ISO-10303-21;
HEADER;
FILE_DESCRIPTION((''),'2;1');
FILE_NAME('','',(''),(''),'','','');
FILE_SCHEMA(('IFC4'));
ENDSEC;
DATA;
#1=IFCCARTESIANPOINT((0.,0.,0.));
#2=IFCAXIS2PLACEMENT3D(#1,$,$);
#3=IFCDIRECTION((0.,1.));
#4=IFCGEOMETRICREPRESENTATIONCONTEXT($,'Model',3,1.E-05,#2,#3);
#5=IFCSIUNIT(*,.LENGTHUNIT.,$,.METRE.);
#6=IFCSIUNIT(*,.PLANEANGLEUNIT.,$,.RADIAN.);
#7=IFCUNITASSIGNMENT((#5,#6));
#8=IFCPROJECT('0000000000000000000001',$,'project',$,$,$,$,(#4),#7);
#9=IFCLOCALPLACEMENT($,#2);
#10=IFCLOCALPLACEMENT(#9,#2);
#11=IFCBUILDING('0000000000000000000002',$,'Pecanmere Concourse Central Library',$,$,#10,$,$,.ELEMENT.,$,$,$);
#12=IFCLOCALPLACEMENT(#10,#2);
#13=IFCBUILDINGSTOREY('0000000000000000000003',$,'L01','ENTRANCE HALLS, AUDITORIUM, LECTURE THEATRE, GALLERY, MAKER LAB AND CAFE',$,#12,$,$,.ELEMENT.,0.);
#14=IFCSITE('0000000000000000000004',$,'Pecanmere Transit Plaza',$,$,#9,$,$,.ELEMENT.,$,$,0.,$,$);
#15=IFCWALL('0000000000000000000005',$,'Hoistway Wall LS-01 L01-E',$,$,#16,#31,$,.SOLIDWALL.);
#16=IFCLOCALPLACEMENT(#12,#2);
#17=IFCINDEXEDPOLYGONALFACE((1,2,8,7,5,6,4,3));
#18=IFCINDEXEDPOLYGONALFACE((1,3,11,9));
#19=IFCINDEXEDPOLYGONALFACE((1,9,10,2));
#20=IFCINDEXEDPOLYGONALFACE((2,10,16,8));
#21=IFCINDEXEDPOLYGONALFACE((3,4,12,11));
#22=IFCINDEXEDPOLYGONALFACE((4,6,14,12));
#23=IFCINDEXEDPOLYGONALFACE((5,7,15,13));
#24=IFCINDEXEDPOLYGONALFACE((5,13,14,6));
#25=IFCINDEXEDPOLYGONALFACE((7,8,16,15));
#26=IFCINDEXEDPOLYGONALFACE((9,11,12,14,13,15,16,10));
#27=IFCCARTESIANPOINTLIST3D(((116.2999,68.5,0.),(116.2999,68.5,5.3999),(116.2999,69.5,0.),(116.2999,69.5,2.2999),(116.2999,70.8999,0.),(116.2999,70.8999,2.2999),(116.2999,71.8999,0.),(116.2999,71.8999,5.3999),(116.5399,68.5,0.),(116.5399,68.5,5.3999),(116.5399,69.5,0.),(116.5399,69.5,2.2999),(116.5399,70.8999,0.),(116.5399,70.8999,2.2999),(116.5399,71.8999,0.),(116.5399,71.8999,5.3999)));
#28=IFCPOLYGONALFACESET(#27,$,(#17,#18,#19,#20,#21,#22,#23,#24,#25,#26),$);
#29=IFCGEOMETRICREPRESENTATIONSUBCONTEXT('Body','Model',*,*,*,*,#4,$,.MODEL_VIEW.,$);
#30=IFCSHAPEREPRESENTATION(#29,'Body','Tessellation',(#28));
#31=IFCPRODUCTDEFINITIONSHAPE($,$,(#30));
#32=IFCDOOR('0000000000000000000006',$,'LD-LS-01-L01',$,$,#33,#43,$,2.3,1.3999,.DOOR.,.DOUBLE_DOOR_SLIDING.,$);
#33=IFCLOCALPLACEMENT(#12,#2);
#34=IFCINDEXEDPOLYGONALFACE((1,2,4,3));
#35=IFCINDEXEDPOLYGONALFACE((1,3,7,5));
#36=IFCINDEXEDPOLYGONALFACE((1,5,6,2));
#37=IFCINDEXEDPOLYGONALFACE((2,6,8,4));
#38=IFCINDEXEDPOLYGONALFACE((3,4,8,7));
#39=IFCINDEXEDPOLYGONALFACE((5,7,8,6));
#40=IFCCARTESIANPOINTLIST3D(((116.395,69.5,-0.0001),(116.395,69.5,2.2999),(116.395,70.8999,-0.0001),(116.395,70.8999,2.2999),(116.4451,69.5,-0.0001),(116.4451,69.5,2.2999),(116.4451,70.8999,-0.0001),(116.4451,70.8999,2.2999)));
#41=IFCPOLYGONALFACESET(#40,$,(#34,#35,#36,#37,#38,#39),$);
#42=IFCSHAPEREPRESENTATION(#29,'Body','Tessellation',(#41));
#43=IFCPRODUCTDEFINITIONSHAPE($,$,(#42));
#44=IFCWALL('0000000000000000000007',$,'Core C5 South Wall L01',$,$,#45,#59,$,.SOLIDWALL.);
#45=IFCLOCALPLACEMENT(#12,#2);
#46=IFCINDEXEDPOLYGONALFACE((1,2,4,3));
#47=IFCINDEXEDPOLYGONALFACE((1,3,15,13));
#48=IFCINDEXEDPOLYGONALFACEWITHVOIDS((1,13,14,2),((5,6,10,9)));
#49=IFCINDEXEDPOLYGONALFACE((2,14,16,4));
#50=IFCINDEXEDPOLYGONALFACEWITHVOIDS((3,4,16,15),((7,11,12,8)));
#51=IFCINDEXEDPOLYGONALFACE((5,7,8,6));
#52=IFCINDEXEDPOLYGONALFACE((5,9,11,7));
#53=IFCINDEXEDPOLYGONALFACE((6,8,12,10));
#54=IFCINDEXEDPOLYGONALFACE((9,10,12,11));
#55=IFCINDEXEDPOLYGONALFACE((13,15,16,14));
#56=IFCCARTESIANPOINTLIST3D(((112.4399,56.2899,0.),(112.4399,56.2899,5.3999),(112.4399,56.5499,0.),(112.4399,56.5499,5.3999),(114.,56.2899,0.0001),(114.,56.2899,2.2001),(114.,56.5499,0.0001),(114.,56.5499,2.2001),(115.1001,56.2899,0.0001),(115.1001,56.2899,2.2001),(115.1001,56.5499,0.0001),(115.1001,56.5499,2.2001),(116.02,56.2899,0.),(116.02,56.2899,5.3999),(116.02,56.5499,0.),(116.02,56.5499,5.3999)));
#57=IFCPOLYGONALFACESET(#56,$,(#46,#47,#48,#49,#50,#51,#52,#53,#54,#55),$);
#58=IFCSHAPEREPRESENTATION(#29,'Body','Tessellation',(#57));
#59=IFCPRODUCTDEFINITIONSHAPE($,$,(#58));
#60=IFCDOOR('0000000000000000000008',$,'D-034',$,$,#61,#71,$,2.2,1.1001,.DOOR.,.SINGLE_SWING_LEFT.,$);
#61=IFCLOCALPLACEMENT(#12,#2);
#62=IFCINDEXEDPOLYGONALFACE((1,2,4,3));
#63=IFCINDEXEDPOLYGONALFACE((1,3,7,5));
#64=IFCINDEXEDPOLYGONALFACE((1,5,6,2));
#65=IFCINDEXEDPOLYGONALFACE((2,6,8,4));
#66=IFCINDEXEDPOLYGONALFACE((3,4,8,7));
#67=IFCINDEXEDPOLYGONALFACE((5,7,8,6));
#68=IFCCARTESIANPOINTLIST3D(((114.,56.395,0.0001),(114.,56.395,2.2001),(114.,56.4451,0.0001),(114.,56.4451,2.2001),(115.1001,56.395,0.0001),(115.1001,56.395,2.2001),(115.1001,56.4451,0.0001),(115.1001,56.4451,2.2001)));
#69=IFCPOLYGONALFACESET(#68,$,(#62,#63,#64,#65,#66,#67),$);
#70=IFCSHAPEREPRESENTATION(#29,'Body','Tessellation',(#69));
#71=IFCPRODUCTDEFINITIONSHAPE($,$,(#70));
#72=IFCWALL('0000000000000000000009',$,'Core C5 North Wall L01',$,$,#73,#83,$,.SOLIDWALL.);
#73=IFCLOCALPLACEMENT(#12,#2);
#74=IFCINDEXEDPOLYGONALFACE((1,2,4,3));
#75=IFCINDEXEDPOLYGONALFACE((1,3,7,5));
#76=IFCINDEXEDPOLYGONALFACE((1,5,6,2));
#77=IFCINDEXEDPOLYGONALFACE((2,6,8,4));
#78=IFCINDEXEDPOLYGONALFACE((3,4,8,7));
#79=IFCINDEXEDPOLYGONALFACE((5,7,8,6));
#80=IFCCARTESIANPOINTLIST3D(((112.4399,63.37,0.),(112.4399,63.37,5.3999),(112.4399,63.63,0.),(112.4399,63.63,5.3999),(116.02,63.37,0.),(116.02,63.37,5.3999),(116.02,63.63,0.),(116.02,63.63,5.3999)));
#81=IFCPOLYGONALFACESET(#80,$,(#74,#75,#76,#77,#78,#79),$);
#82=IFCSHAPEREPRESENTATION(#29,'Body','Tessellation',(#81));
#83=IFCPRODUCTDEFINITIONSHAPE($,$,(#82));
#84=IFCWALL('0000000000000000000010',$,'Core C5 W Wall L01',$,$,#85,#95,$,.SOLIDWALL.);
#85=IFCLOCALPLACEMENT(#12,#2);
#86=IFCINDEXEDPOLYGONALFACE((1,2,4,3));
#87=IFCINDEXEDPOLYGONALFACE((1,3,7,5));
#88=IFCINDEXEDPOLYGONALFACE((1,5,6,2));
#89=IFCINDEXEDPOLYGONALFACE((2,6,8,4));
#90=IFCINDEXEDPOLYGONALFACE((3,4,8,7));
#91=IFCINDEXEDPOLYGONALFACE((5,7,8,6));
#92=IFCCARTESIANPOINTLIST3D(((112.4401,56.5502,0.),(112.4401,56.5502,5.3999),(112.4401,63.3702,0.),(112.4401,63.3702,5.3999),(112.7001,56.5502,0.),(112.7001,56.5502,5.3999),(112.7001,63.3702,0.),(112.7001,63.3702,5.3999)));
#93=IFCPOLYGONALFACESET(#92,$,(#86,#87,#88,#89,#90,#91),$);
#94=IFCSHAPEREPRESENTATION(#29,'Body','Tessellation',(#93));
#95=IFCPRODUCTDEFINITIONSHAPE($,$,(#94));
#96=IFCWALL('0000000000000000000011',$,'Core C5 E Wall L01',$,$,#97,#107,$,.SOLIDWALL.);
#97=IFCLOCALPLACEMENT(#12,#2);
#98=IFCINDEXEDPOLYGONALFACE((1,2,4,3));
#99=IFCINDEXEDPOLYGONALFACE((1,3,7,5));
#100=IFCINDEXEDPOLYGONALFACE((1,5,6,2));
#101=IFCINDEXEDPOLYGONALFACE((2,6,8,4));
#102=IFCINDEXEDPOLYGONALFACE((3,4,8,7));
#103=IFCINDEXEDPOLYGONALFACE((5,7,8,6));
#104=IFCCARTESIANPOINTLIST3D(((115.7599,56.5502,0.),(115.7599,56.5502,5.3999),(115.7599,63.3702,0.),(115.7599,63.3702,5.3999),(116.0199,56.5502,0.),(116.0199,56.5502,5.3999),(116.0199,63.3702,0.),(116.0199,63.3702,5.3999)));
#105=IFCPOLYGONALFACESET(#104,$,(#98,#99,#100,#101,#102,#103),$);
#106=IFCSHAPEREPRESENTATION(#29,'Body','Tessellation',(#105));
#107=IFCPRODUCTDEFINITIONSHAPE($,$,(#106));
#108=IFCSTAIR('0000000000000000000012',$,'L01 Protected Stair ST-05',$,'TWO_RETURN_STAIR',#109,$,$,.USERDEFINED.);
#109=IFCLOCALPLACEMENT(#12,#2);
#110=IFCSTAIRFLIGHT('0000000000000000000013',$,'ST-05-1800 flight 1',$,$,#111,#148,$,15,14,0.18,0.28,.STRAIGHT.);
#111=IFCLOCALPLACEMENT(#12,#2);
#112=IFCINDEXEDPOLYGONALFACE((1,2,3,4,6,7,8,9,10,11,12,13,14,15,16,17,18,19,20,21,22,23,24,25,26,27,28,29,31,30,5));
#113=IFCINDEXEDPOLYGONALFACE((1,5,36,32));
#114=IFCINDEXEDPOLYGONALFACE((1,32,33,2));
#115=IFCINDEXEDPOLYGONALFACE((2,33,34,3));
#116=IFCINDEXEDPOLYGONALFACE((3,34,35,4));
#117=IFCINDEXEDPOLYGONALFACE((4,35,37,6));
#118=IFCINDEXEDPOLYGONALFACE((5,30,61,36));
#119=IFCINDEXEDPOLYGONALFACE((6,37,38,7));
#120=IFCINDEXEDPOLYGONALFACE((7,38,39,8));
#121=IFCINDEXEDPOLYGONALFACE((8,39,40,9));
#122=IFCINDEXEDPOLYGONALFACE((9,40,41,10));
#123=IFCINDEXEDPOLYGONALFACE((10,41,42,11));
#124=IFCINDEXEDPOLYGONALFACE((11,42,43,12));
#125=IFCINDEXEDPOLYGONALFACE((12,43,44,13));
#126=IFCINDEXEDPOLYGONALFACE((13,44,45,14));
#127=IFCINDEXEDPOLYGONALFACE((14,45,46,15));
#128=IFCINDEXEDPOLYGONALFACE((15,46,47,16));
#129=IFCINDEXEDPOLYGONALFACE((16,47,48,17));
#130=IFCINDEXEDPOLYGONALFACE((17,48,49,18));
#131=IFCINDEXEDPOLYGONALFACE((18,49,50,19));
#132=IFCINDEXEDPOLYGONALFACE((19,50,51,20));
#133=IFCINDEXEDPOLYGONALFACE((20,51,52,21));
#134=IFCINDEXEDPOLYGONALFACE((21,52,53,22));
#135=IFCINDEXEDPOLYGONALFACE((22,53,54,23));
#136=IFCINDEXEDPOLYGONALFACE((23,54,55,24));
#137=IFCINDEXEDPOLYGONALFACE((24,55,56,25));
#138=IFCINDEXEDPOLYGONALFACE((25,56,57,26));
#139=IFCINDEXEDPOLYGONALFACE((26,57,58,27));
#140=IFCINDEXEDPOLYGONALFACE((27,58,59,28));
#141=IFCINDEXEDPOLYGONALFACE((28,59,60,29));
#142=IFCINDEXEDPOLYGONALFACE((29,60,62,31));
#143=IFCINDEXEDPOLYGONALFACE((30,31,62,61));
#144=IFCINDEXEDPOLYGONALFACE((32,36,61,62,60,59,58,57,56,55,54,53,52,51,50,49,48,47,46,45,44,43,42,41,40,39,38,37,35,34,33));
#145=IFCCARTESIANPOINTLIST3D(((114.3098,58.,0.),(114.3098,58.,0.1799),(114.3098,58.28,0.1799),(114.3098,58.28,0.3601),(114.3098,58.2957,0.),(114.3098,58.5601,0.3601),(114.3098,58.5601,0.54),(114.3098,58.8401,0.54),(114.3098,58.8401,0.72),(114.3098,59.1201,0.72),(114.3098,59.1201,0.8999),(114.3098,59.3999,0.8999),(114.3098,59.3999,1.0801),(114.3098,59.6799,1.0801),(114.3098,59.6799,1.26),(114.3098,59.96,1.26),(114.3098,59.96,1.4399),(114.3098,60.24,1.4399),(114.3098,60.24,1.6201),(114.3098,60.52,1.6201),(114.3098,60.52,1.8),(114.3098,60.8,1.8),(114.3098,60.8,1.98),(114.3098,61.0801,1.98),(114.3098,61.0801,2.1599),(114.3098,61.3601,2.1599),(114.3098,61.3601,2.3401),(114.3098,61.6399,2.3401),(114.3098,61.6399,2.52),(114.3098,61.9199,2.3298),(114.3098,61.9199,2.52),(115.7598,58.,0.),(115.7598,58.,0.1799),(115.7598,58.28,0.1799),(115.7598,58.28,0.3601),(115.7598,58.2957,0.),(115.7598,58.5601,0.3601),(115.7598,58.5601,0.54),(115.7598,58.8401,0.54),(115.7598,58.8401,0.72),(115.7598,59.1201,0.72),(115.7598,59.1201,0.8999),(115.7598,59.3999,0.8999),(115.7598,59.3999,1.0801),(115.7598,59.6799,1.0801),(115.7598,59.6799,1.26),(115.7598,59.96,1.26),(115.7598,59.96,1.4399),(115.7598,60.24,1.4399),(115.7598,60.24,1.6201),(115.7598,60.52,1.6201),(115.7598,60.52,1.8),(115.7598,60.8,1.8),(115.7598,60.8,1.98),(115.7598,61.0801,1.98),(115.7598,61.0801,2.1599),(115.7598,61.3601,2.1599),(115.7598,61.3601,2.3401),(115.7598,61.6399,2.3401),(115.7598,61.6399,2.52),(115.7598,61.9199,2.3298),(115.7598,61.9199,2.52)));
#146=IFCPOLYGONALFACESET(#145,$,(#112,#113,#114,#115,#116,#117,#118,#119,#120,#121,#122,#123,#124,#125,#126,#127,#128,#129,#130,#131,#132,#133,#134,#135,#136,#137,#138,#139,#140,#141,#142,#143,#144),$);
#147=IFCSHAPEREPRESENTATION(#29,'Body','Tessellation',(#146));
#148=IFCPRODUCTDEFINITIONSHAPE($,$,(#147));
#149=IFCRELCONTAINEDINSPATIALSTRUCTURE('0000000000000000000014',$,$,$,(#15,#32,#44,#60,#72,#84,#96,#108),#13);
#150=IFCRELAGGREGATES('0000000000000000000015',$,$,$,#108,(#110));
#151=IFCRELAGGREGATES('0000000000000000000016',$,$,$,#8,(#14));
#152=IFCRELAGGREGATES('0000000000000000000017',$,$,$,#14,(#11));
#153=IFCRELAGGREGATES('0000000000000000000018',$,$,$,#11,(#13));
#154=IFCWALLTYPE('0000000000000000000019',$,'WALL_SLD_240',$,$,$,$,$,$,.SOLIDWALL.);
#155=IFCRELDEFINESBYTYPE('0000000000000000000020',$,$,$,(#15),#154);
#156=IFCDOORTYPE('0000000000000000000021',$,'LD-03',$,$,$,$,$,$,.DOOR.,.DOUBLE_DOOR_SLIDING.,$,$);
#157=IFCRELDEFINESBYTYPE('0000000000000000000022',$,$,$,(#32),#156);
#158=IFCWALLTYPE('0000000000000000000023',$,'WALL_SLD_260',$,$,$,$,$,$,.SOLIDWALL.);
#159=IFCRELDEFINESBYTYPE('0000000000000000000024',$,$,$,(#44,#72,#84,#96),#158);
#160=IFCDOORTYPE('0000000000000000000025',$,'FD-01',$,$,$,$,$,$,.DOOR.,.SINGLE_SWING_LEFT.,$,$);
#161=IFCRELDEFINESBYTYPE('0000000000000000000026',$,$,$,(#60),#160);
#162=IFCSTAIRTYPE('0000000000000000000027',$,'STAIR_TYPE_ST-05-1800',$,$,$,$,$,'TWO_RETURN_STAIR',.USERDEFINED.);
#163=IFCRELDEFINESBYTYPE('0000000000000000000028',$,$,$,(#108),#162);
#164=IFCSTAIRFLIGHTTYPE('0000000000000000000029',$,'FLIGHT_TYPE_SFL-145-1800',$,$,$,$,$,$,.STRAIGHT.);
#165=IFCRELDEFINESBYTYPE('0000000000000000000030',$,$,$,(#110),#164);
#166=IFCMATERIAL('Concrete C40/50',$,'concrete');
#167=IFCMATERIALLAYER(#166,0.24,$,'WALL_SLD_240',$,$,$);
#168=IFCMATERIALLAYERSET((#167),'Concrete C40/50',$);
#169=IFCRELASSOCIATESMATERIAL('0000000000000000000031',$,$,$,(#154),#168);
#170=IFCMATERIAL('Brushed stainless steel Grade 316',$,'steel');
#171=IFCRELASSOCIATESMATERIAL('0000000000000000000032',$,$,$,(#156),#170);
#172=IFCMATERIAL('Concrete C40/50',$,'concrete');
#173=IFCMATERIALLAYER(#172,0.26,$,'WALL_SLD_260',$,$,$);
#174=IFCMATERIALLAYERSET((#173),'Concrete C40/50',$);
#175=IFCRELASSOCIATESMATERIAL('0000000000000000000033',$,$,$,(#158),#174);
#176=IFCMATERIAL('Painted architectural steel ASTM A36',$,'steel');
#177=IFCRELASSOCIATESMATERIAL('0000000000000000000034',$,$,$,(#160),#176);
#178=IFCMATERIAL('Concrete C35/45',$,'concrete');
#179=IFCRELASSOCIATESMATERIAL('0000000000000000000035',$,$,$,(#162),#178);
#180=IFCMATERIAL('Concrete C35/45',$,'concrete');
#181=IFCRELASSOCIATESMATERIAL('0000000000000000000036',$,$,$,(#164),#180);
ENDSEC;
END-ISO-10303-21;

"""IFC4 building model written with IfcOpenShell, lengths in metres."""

from ifc_helpers import new_model, si_unit, direction, frame, frame_2d, origin, place, context, subcontext, project, spatial, polyline, rectangle, outline, extrude, material, layer, layer_set, type_object, element, fill, aggregate, save


model = new_model("IFC4")

# Units and contexts
model_context = context("Model", 3, precision=1e-05, world=origin(), true_north=direction((0.0, 1.0)))
body_context = subcontext(model_context, "Body", "Model", "MODEL_VIEW")
ifc_project = project(units=[si_unit("LENGTHUNIT", "METRE"), si_unit("PLANEANGLEUNIT", "RADIAN")], contexts=[model_context])

# Site, building, storey
site_placement = place(None, origin())
site = spatial("IfcSite", under=ifc_project, at=site_placement, Name="Pecanmere Transit Plaza", CompositionType="ELEMENT", RefElevation=0.0)
building_placement = place(site_placement, origin())
building = spatial("IfcBuilding", under=site, at=building_placement, Name="Pecanmere Concourse Central Library", CompositionType="ELEMENT")
storey_placement = place(building_placement, origin())
storey = spatial("IfcBuildingStorey", under=building, at=storey_placement, Name="L01", Description="ENTRANCE HALLS, AUDITORIUM, LECTURE THEATRE, GALLERY, MAKER LAB AND CAFE", CompositionType="ELEMENT", Elevation=0.0)

# Shared definitions
ifc_material_1 = material(Name="Concrete C40/50", Category="concrete")
ifc_layer_1 = layer(ifc_material_1, 0.24, Name="WALL_SLD_240")
ifc_layer_set_1 = layer_set([ifc_layer_1], Name="Concrete C40/50")
wall_type_1 = type_object("IfcWallType", Name="WALL_SLD_240", PredefinedType="SOLIDWALL", material=ifc_layer_set_1)

# Walls, openings, doors
wall_1_placement = place(storey_placement, frame((116.4199, 68.5, 0.0), z_axis=(0.0, 0.0, 1.0), x_axis=(0.0, 1.0, 0.0)))
wall_1 = element("IfcWall", 1, at=wall_1_placement, inside=storey, type_object=wall_type_1, Name="Hoistway Wall LS-01 L01-E", PredefinedType="SOLIDWALL", context=body_context, shape_type="SweptSolid", body=[
    extrude(rectangle(XDim=3.3999, YDim=0.24, at=frame_2d((1.7, 0.0))), origin(), (0.0, 0.0, 1.0), 5.3999),
])
opening_1_placement = place(wall_1_placement, frame((1.0, 0.0, 0.0)))
opening_1 = element("IfcOpeningElement", 2, at=opening_1_placement, cuts=wall_1, PredefinedType="OPENING", context=body_context, shape_type="SweptSolid", body=[
    extrude(rectangle(XDim=1.3999, YDim=2.3, at=frame_2d((0.7, 1.1499))), frame((0.0, 0.1318, 0.0), z_axis=(0.0, -1.0, 0.0), x_axis=(1.0, 0.0, 0.0)), (0.0, 0.0, 1.0), 0.2639),
])
ifc_material_2 = material(Name="Brushed stainless steel Grade 316", Category="steel")
door_type_1 = type_object("IfcDoorType", Name="LD-03", OperationType="DOUBLE_DOOR_SLIDING", PredefinedType="DOOR", material=ifc_material_2)
door_1_placement = place(opening_1_placement, origin())
door_1 = element("IfcDoor", 3, at=door_1_placement, inside=storey, type_object=door_type_1, Name="LD-LS-01-L01", OperationType="DOUBLE_DOOR_SLIDING", OverallHeight=2.3, OverallWidth=1.3999, PredefinedType="DOOR", context=body_context, shape_type="SweptSolid", body=[
    extrude(rectangle(XDim=1.3999, YDim=2.3, at=frame_2d((0.7, 1.1499))), frame((0.0, 0.0249, 0.0), z_axis=(0.0, -1.0, 0.0), x_axis=(1.0, 0.0, 0.0)), (0.0, 0.0, 1.0), 0.05),
])
fill(opening_1, door_1)
ifc_material_3 = material(Name="Concrete C40/50", Category="concrete")
ifc_layer_2 = layer(ifc_material_3, 0.26, Name="WALL_SLD_260")
ifc_layer_set_2 = layer_set([ifc_layer_2], Name="Concrete C40/50")
wall_type_2 = type_object("IfcWallType", Name="WALL_SLD_260", PredefinedType="SOLIDWALL", material=ifc_layer_set_2)
wall_2_placement = place(storey_placement, frame((112.4399, 56.4199, 0.0), z_axis=(0.0, 0.0, 1.0), x_axis=(1.0, 0.0, 0.0)))
wall_2 = element("IfcWall", 4, at=wall_2_placement, inside=storey, type_object=wall_type_2, Name="Core C5 South Wall L01", PredefinedType="SOLIDWALL", context=body_context, shape_type="SweptSolid", body=[
    extrude(rectangle(XDim=3.5801, YDim=0.26, at=frame_2d((1.79, 0.0))), origin(), (0.0, 0.0, 1.0), 5.3999),
])
opening_2_placement = place(wall_2_placement, frame((1.5601, 0.0, 0.0)))
opening_2 = element("IfcOpeningElement", 5, at=opening_2_placement, cuts=wall_2, PredefinedType="OPENING", context=body_context, shape_type="SweptSolid", body=[
    extrude(rectangle(XDim=1.1001, YDim=2.2, at=frame_2d((0.55, 1.1001))), frame((0.0, 0.1421, 0.0), z_axis=(0.0, -1.0, 0.0), x_axis=(1.0, 0.0, 0.0)), (0.0, 0.0, 1.0), 0.2839),
])
ifc_material_4 = material(Name="Painted architectural steel ASTM A36", Category="steel")
door_type_2 = type_object("IfcDoorType", Name="FD-01", OperationType="SINGLE_SWING_LEFT", PredefinedType="DOOR", material=ifc_material_4)
door_2_placement = place(opening_2_placement, frame((1.1001, 0.0, 0.0), z_axis=(0.0, 0.0, 1.0), x_axis=(-1.0, 0.0, 0.0)))
door_2 = element("IfcDoor", 6, at=door_2_placement, inside=storey, type_object=door_type_2, Name="D-034", OperationType="SINGLE_SWING_LEFT", OverallHeight=2.2, OverallWidth=1.1001, PredefinedType="DOOR", context=body_context, shape_type="SweptSolid", body=[
    extrude(rectangle(XDim=1.1001, YDim=2.2, at=frame_2d((0.55, 1.1001))), frame((0.0, 0.0249, 0.0), z_axis=(0.0, -1.0, 0.0), x_axis=(1.0, 0.0, 0.0)), (0.0, 0.0, 1.0), 0.05),
])
fill(opening_2, door_2)

# Walls
wall_3_placement = place(storey_placement, frame((112.4399, 63.5, 0.0), z_axis=(0.0, 0.0, 1.0), x_axis=(1.0, 0.0, 0.0)))
element("IfcWall", 7, at=wall_3_placement, inside=storey, type_object=wall_type_2, Name="Core C5 North Wall L01", PredefinedType="SOLIDWALL", context=body_context, shape_type="SweptSolid", body=[
    extrude(rectangle(XDim=3.5801, YDim=0.26, at=frame_2d((1.79, 0.0))), origin(), (0.0, 0.0, 1.0), 5.3999),
])
for number, where, z_axis, x_axis, name in (
    (8, (112.5701, 56.55, 0.0), (0.0, 0.0, 1.0), (0.0, 1.0, 0.0), "Core C5 W Wall L01"),
    (9, (115.8899, 56.55, 0.0), (0.0, 0.0, 1.0), (0.0, 1.0, 0.0), "Core C5 E Wall L01"),
):
    element("IfcWall", number, at=place(storey_placement, frame(where, z_axis=z_axis, x_axis=x_axis)), inside=storey, type_object=wall_type_2, Name=name, PredefinedType="SOLIDWALL", context=body_context, shape_type="SweptSolid", body=[
        extrude(rectangle(XDim=6.8201, YDim=0.26, at=frame_2d((3.4102, 0.0))), origin(), (0.0, 0.0, 1.0), 5.3999),
    ])

# Stair, stair flight
ifc_material_5 = material(Name="Concrete C35/45", Category="concrete")
stair_type = type_object("IfcStairType", Name="STAIR_TYPE_ST-05-1800", ElementType="TWO_RETURN_STAIR", PredefinedType="USERDEFINED", material=ifc_material_5)
stair_placement = place(storey_placement, origin())
stair = element("IfcStair", 10, at=stair_placement, inside=storey, type_object=stair_type, Name="L01 Protected Stair ST-05", ObjectType="TWO_RETURN_STAIR", PredefinedType="USERDEFINED")
ifc_material_6 = material(Name="Concrete C35/45", Category="concrete")
stair_flight_type = type_object("IfcStairFlightType", Name="FLIGHT_TYPE_SFL-145-1800", PredefinedType="STRAIGHT", material=ifc_material_6)
stair_flight_1_placement = place(storey_placement, frame((115.0349, 58.0, 0.0), z_axis=(0.0, 0.0, 1.0), x_axis=(0.0, 1.0, 0.0)))
stair_flight_1 = element("IfcStairFlight", 11, at=stair_flight_1_placement, type_object=stair_flight_type, Name="ST-05-1800 flight 1", NumberOfRisers=15, NumberOfTreads=14, PredefinedType="STRAIGHT", RiserHeight=0.18, TreadLength=0.28, context=body_context, shape_type="SweptSolid", body=[
    extrude(outline(polyline([(0.0, 0.0), (0.0, 0.1799), (0.28, 0.1799), (0.28, 0.3601), (0.5601, 0.3601), (0.5601, 0.54), (0.8401, 0.54), (0.8401, 0.72), (1.1201, 0.72), (1.1201, 0.8999), (1.3999, 0.8999), (1.3999, 1.0801), (1.6799, 1.0801), (1.6799, 1.26), (1.96, 1.26), (1.96, 1.4399), (2.24, 1.4399), (2.24, 1.6201), (2.52, 1.6201), (2.52, 1.8), (2.8, 1.8), (2.8, 1.98), (3.0801, 1.98), (3.0801, 2.1599), (3.3601, 2.1599), (3.3601, 2.3401), (3.6399, 2.3401), (3.6399, 2.52), (3.9199, 2.52), (3.9199, 2.7), (3.9199, 2.3298), (0.2957, 0.0), (0.0, 0.0)])), frame((0.0, 0.7251, 0.0), z_axis=(0.0, -1.0, 0.0), x_axis=(1.0, 0.0, 0.0)), (0.0, 0.0, 1.0), 1.45),
])
aggregate(stair, [stair_flight_1])

save(model, "model.ifc")
